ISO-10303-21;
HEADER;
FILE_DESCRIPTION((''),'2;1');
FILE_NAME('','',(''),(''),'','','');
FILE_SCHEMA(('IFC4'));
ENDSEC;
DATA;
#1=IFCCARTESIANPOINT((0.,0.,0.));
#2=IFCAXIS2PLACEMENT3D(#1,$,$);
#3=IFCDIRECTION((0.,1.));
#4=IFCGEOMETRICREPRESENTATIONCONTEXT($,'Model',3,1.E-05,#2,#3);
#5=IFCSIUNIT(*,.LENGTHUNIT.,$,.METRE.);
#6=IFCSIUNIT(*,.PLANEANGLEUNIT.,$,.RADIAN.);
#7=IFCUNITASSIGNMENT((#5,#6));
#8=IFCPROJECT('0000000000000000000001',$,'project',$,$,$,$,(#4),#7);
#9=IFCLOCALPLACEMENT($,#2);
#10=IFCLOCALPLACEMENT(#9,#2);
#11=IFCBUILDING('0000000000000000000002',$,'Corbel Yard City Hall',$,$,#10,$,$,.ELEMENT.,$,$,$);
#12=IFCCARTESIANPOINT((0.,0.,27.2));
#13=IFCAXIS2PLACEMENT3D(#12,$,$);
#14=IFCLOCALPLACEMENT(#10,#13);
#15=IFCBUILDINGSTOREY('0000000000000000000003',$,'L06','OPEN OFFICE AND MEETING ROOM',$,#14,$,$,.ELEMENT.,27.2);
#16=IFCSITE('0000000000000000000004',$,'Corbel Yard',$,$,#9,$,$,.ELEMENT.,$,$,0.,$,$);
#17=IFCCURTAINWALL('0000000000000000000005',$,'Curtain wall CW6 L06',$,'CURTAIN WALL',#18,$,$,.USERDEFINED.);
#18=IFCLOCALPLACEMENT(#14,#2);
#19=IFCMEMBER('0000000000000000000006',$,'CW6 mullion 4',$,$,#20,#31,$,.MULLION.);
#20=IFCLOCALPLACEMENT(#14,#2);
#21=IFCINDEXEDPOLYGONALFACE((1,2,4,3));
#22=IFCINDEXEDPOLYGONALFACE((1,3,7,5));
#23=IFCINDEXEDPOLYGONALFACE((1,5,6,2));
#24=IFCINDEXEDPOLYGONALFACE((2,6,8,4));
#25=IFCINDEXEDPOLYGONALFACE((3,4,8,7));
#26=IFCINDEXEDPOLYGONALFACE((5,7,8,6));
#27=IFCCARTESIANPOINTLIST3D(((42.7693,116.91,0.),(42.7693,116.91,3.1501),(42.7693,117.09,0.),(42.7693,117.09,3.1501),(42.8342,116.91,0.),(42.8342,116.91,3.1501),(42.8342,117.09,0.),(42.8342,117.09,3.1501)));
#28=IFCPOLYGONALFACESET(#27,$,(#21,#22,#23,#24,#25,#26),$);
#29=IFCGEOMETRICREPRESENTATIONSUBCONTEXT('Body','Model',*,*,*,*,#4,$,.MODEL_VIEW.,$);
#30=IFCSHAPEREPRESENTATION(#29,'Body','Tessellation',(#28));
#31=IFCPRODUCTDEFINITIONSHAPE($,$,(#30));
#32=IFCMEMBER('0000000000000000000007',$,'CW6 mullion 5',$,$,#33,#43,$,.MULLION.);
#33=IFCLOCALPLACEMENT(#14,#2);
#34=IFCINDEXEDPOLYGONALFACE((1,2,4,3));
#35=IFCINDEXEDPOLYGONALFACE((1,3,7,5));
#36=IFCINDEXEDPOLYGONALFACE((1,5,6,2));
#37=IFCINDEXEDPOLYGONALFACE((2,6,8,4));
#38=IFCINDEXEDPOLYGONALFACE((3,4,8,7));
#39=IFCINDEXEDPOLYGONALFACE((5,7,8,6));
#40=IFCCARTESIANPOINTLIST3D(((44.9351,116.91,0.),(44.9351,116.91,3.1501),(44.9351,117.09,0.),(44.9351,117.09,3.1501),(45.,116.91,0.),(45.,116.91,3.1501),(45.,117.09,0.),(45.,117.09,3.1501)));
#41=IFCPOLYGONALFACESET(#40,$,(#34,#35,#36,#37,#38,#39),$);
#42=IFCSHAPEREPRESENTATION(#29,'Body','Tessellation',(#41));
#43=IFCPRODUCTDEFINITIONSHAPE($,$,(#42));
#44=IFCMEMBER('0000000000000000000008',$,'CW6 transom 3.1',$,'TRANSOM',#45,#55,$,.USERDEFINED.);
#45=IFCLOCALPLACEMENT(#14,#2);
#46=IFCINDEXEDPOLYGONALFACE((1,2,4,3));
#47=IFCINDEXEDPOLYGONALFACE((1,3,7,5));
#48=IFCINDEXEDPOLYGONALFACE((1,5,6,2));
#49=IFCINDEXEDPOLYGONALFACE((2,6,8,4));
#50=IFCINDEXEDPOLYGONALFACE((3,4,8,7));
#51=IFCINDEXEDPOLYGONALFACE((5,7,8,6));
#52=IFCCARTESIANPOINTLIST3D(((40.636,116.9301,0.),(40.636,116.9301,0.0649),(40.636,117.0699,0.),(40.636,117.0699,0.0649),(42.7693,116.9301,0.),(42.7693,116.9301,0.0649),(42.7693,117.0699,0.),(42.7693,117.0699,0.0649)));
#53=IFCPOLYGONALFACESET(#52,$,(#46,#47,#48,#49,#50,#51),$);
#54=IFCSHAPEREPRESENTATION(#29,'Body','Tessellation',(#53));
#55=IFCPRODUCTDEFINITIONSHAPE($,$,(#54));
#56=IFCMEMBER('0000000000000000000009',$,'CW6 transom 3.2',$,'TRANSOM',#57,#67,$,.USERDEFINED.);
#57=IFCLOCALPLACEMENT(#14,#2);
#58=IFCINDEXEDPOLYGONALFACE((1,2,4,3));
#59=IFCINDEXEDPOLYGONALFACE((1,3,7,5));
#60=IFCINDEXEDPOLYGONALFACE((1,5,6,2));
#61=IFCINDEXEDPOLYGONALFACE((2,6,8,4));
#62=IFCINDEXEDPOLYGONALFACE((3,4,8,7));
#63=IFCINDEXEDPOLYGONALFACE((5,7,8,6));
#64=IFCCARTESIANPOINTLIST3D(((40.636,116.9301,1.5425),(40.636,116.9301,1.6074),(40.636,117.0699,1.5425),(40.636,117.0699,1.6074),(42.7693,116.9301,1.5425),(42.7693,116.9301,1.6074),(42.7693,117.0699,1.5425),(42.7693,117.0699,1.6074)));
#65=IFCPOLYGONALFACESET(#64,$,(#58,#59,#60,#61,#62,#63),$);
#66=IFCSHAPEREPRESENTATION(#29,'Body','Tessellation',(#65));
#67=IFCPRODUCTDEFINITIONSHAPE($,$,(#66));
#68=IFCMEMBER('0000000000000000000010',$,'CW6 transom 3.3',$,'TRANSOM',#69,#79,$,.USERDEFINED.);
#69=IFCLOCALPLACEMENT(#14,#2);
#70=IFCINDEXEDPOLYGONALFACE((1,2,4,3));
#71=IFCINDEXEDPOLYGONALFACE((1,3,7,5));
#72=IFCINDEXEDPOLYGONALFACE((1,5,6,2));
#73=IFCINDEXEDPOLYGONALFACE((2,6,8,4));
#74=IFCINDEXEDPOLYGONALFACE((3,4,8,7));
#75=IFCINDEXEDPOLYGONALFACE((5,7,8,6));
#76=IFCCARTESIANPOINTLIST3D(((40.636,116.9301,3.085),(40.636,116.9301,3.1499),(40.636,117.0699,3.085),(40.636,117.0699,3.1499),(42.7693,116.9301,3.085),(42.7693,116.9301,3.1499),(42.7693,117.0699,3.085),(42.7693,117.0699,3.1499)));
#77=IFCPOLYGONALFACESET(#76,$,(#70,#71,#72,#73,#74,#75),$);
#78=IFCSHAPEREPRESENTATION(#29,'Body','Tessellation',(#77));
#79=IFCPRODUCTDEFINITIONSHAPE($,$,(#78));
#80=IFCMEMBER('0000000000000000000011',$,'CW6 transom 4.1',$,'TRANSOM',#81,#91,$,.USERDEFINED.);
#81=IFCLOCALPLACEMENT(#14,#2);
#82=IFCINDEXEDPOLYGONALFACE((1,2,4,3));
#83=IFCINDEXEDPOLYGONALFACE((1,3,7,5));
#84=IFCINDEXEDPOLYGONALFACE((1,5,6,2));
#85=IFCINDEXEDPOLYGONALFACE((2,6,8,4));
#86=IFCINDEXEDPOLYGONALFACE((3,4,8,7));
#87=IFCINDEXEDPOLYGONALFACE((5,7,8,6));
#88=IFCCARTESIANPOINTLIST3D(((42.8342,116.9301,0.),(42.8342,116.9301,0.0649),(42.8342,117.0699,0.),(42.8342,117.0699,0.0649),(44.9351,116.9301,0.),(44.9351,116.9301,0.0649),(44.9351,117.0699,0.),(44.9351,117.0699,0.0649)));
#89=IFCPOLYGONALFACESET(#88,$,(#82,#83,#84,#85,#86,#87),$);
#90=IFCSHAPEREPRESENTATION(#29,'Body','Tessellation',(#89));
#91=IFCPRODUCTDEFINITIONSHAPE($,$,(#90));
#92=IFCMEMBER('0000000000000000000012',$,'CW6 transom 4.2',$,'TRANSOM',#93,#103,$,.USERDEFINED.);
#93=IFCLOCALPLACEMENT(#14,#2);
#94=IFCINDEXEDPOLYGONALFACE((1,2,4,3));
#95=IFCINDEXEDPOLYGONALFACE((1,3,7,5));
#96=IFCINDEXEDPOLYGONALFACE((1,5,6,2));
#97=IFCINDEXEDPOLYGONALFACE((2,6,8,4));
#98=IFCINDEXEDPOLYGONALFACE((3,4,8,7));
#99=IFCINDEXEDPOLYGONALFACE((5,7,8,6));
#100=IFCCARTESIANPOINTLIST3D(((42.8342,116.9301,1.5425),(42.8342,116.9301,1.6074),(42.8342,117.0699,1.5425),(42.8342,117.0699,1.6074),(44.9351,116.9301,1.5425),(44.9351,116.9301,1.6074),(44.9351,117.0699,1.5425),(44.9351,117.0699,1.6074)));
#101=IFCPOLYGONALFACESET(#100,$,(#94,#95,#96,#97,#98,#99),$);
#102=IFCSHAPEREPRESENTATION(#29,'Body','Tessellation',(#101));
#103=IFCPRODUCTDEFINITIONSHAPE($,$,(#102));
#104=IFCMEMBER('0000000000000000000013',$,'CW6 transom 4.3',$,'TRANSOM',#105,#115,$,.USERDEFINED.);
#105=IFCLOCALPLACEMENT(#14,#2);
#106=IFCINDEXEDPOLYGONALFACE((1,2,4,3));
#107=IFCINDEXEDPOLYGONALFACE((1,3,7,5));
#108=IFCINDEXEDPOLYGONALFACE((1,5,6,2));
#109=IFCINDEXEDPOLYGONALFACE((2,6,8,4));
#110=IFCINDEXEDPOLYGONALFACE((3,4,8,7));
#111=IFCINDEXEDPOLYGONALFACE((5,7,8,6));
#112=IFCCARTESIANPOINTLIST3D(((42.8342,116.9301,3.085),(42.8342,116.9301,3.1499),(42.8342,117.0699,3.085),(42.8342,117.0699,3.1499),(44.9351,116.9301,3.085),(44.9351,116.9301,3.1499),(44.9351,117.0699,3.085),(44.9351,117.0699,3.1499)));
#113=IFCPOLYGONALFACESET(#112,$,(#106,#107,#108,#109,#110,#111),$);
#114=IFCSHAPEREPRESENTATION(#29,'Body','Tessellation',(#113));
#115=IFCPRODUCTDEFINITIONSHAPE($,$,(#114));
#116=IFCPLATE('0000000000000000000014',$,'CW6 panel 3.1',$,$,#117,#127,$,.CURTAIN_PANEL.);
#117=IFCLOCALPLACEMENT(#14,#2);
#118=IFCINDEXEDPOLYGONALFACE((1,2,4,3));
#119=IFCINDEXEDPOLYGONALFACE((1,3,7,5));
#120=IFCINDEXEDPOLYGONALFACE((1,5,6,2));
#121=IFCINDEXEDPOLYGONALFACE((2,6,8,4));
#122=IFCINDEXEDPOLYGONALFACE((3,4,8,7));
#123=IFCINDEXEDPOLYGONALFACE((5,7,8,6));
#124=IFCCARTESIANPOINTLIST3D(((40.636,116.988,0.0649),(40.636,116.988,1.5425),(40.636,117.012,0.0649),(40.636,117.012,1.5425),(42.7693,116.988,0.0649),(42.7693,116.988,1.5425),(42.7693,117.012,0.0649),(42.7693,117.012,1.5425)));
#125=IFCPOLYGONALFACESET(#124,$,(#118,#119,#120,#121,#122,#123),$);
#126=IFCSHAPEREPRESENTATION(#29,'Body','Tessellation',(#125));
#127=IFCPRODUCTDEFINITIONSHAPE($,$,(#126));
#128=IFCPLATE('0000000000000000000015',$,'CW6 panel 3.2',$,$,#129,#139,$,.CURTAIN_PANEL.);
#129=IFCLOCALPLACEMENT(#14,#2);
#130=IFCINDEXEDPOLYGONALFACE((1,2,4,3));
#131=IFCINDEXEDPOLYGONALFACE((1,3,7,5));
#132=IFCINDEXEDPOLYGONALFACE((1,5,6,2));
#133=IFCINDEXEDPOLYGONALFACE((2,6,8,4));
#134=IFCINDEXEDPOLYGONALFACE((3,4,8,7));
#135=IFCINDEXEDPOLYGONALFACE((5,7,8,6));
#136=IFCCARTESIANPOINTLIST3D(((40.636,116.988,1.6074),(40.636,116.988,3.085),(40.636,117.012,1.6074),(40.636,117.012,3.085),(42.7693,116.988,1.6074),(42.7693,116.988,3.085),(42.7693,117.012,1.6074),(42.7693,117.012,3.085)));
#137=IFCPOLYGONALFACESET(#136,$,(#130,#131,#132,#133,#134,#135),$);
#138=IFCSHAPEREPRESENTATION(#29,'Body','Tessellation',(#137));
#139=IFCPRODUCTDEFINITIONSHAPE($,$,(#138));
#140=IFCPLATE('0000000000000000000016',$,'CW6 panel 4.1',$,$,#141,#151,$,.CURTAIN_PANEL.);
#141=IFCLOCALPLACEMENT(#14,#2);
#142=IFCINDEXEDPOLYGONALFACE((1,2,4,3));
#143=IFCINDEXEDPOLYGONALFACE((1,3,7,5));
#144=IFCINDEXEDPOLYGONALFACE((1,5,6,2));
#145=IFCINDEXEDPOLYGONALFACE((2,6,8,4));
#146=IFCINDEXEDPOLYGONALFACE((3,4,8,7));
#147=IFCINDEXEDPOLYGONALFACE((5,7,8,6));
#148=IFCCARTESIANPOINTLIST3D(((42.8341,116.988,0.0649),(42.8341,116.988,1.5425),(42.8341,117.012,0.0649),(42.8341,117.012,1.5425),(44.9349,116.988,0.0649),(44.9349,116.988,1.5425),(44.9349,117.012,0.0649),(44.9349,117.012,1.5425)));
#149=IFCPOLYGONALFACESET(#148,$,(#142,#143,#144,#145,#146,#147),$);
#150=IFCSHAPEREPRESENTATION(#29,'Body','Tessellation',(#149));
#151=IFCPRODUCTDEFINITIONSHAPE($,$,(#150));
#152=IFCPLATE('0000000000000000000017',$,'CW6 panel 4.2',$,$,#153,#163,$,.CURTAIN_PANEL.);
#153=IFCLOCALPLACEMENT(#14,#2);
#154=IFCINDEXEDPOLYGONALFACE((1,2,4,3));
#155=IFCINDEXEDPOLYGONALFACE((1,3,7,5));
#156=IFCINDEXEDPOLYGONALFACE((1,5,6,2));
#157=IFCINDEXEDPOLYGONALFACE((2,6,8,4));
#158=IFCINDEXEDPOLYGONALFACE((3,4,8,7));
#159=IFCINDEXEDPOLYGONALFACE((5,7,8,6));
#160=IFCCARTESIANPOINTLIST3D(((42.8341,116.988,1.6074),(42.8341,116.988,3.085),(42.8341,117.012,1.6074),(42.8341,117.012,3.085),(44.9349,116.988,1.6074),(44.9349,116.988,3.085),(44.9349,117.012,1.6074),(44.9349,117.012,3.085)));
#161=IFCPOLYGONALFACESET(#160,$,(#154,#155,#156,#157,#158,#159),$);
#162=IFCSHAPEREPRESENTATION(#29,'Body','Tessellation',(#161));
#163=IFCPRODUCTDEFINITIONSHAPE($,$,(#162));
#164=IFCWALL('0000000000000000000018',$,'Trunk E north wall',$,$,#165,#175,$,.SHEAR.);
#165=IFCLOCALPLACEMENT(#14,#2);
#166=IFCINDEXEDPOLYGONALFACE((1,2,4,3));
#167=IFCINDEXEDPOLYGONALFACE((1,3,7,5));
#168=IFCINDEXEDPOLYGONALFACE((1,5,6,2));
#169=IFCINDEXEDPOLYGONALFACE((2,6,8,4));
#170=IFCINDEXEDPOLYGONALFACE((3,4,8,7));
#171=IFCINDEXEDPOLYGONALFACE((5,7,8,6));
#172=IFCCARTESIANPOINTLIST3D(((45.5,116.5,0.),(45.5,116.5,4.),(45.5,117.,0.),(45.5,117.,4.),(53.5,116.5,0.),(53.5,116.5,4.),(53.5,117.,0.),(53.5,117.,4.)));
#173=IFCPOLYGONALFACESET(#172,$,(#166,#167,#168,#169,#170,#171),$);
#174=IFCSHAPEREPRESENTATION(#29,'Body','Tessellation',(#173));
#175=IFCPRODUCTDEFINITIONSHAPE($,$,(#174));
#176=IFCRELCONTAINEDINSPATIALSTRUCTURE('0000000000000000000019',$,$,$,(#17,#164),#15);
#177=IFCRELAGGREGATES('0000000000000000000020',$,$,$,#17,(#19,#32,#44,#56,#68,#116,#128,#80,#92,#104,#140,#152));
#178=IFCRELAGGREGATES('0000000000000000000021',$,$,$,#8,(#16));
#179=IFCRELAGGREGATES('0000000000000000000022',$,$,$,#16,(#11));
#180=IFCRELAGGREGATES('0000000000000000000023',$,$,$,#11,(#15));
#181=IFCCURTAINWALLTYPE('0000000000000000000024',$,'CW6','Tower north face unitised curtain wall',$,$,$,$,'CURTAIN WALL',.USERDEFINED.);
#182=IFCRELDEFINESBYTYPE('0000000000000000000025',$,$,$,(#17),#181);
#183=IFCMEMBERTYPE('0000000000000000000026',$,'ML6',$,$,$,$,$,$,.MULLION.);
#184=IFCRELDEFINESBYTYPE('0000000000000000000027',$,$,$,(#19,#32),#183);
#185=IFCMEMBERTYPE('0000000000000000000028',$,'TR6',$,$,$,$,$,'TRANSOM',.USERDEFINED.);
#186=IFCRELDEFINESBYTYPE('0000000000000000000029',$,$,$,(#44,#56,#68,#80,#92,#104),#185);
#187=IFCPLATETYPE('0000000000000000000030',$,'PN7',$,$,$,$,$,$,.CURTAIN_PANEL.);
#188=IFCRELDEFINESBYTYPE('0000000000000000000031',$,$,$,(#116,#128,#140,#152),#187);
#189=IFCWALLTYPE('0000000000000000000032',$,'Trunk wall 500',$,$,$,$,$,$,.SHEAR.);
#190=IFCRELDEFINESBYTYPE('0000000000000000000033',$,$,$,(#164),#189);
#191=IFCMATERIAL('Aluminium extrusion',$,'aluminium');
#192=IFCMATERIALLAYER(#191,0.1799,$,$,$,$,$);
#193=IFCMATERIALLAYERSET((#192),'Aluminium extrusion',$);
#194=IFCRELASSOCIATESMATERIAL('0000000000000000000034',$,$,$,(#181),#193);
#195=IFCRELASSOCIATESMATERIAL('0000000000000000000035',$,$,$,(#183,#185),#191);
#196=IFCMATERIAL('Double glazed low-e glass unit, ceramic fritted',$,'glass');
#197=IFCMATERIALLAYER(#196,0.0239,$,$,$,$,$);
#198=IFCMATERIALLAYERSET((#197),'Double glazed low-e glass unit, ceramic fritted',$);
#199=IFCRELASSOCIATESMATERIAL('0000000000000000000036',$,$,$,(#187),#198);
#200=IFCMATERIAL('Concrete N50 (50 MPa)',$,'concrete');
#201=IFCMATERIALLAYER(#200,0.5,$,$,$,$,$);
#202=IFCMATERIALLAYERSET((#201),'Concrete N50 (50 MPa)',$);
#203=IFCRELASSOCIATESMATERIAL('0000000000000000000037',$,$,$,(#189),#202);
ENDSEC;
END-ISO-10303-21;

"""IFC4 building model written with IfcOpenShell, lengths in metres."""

from ifc_helpers import new_model, si_unit, direction, frame, frame_2d, origin, origin_2d, place, context, subcontext, project, spatial, rectangle, extrude, material, layer, layer_set, material_profile, profile_set, type_object, element, aggregate, save


model = new_model("IFC4")

# Units and contexts
model_context = context("Model", 3, precision=1e-05, world=origin(), true_north=direction((0.0, 1.0)))
body_context = subcontext(model_context, "Body", "Model", "MODEL_VIEW")
ifc_project = project(units=[si_unit("LENGTHUNIT", "METRE"), si_unit("PLANEANGLEUNIT", "RADIAN")], contexts=[model_context])

# Site, building, storey
site_placement = place(None, origin())
site = spatial("IfcSite", under=ifc_project, at=site_placement, Name="Corbel Yard", CompositionType="ELEMENT", RefElevation=0.0)
building_placement = place(site_placement, origin())
building = spatial("IfcBuilding", under=site, at=building_placement, Name="Corbel Yard City Hall", CompositionType="ELEMENT")
storey_placement = place(building_placement, frame((0.0, 0.0, 27.2)))
storey = spatial("IfcBuildingStorey", under=building, at=storey_placement, Name="L06", Description="OPEN OFFICE AND MEETING ROOM", CompositionType="ELEMENT", Elevation=27.2)

# Curtain wall, members, plates
ifc_material_1 = material(Name="Aluminium extrusion", Category="aluminium")
ifc_layer_1 = layer(ifc_material_1, 0.1799)
ifc_layer_set_1 = layer_set([ifc_layer_1], Name="Aluminium extrusion")
curtain_wall_type = type_object("IfcCurtainWallType", Name="CW6", Description="Tower north face unitised curtain wall", ElementType="CURTAIN WALL", PredefinedType="USERDEFINED", material=ifc_layer_set_1)
curtain_wall_placement = place(storey_placement, origin())
curtain_wall = element("IfcCurtainWall", 1, at=curtain_wall_placement, inside=storey, type_object=curtain_wall_type, Name="Curtain wall CW6 L06", ObjectType="CURTAIN WALL", PredefinedType="USERDEFINED")
ifc_material_profile_1 = material_profile(ifc_material_1, rectangle(XDim=0.1799, YDim=0.0649, at=origin_2d()), Name="180x65")
ifc_profile_set_1 = profile_set([ifc_material_profile_1], Name="Aluminium extrusion")
member_type_1 = type_object("IfcMemberType", Name="ML6", PredefinedType="MULLION", material=ifc_profile_set_1)
member_1_placement = place(storey_placement, frame((42.8018, 117.0, 0.0), z_axis=(0.0, 0.0, 1.0), x_axis=(0.0, 1.0, 0.0)))
member_1 = element("IfcMember", 2, at=member_1_placement, type_object=member_type_1, Name="CW6 mullion 4", PredefinedType="MULLION", context=body_context, shape_type="SweptSolid", body=[
    extrude(rectangle(XDim=0.1799, YDim=0.0649, at=origin_2d()), origin(), (0.0, 0.0, 1.0), 3.1501),
])
member_2_placement = place(storey_placement, frame((44.9675, 117.0, 0.0), z_axis=(0.0, 0.0, 1.0), x_axis=(0.0, 1.0, 0.0)))
member_2 = element("IfcMember", 3, at=member_2_placement, type_object=member_type_1, Name="CW6 mullion 5", PredefinedType="MULLION", context=body_context, shape_type="SweptSolid", body=[
    extrude(rectangle(XDim=0.1799, YDim=0.0649, at=origin_2d()), origin(), (0.0, 0.0, 1.0), 3.1501),
])
ifc_material_profile_2 = material_profile(ifc_material_1, rectangle(XDim=0.1399, YDim=0.0649, at=origin_2d()), Name="140x65")
ifc_profile_set_2 = profile_set([ifc_material_profile_2], Name="Aluminium extrusion")
member_type_2 = type_object("IfcMemberType", Name="TR6", ElementType="TRANSOM", PredefinedType="USERDEFINED", material=ifc_profile_set_2)
member_3_placement = place(storey_placement, frame((40.636, 117.0, 0.0325), z_axis=(1.0, 0.0, 0.0), x_axis=(0.0, 1.0, 0.0)))
member_3 = element("IfcMember", 4, at=member_3_placement, type_object=member_type_2, Name="CW6 transom 3.1", ObjectType="TRANSOM", PredefinedType="USERDEFINED", context=body_context, shape_type="SweptSolid", body=[
    extrude(rectangle(XDim=0.1399, YDim=0.0649, at=origin_2d()), origin(), (0.0, 0.0, 1.0), 2.1333),
])
member_4_placement = place(storey_placement, frame((40.636, 117.0, 1.575), z_axis=(1.0, 0.0, 0.0), x_axis=(0.0, 1.0, 0.0)))
member_4 = element("IfcMember", 5, at=member_4_placement, type_object=member_type_2, Name="CW6 transom 3.2", ObjectType="TRANSOM", PredefinedType="USERDEFINED", context=body_context, shape_type="SweptSolid", body=[
    extrude(rectangle(XDim=0.1399, YDim=0.0649, at=origin_2d()), origin(), (0.0, 0.0, 1.0), 2.1333),
])
member_5_placement = place(storey_placement, frame((40.636, 117.0, 3.1174), z_axis=(1.0, 0.0, 0.0), x_axis=(0.0, 1.0, 0.0)))
member_5 = element("IfcMember", 6, at=member_5_placement, type_object=member_type_2, Name="CW6 transom 3.3", ObjectType="TRANSOM", PredefinedType="USERDEFINED", context=body_context, shape_type="SweptSolid", body=[
    extrude(rectangle(XDim=0.1399, YDim=0.0649, at=origin_2d()), origin(), (0.0, 0.0, 1.0), 2.1333),
])
member_6_placement = place(storey_placement, frame((42.8342, 117.0, 0.0325), z_axis=(1.0, 0.0, 0.0), x_axis=(0.0, 1.0, 0.0)))
member_6 = element("IfcMember", 7, at=member_6_placement, type_object=member_type_2, Name="CW6 transom 4.1", ObjectType="TRANSOM", PredefinedType="USERDEFINED", context=body_context, shape_type="SweptSolid", body=[
    extrude(rectangle(XDim=0.1399, YDim=0.0649, at=origin_2d()), origin(), (0.0, 0.0, 1.0), 2.1008),
])
member_7_placement = place(storey_placement, frame((42.8342, 117.0, 1.575), z_axis=(1.0, 0.0, 0.0), x_axis=(0.0, 1.0, 0.0)))
member_7 = element("IfcMember", 8, at=member_7_placement, type_object=member_type_2, Name="CW6 transom 4.2", ObjectType="TRANSOM", PredefinedType="USERDEFINED", context=body_context, shape_type="SweptSolid", body=[
    extrude(rectangle(XDim=0.1399, YDim=0.0649, at=origin_2d()), origin(), (0.0, 0.0, 1.0), 2.1008),
])
member_8_placement = place(storey_placement, frame((42.8342, 117.0, 3.1174), z_axis=(1.0, 0.0, 0.0), x_axis=(0.0, 1.0, 0.0)))
member_8 = element("IfcMember", 9, at=member_8_placement, type_object=member_type_2, Name="CW6 transom 4.3", ObjectType="TRANSOM", PredefinedType="USERDEFINED", context=body_context, shape_type="SweptSolid", body=[
    extrude(rectangle(XDim=0.1399, YDim=0.0649, at=origin_2d()), origin(), (0.0, 0.0, 1.0), 2.1008),
])
ifc_material_2 = material(Name="Double glazed low-e glass unit, ceramic fritted", Category="glass")
ifc_layer_2 = layer(ifc_material_2, 0.0239)
ifc_layer_set_2 = layer_set([ifc_layer_2], Name="Double glazed low-e glass unit, ceramic fritted")
plate_type = type_object("IfcPlateType", Name="PN7", PredefinedType="CURTAIN_PANEL", material=ifc_layer_set_2)
plate_1_placement = place(storey_placement, frame((41.7026, 117.0, 0.0649), z_axis=(0.0, 0.0, 1.0), x_axis=(1.0, 0.0, 0.0)))
plate_1 = element("IfcPlate", 10, at=plate_1_placement, type_object=plate_type, Name="CW6 panel 3.1", PredefinedType="CURTAIN_PANEL", context=body_context, shape_type="SweptSolid", body=[
    extrude(rectangle(XDim=2.1333, YDim=0.0239, at=origin_2d()), origin(), (0.0, 0.0, 1.0), 1.4775),
])
plate_2_placement = place(storey_placement, frame((41.7026, 117.0, 1.6074), z_axis=(0.0, 0.0, 1.0), x_axis=(1.0, 0.0, 0.0)))
plate_2 = element("IfcPlate", 11, at=plate_2_placement, type_object=plate_type, Name="CW6 panel 3.2", PredefinedType="CURTAIN_PANEL", context=body_context, shape_type="SweptSolid", body=[
    extrude(rectangle(XDim=2.1333, YDim=0.0239, at=origin_2d()), origin(), (0.0, 0.0, 1.0), 1.4775),
])
plate_3_placement = place(storey_placement, frame((43.8845, 117.0, 0.0649), z_axis=(0.0, 0.0, 1.0), x_axis=(1.0, 0.0, 0.0)))
plate_3 = element("IfcPlate", 12, at=plate_3_placement, type_object=plate_type, Name="CW6 panel 4.1", PredefinedType="CURTAIN_PANEL", context=body_context, shape_type="SweptSolid", body=[
    extrude(rectangle(XDim=2.1008, YDim=0.0239, at=origin_2d()), origin(), (0.0, 0.0, 1.0), 1.4775),
])
plate_4_placement = place(storey_placement, frame((43.8845, 117.0, 1.6074), z_axis=(0.0, 0.0, 1.0), x_axis=(1.0, 0.0, 0.0)))
plate_4 = element("IfcPlate", 13, at=plate_4_placement, type_object=plate_type, Name="CW6 panel 4.2", PredefinedType="CURTAIN_PANEL", context=body_context, shape_type="SweptSolid", body=[
    extrude(rectangle(XDim=2.1008, YDim=0.0239, at=origin_2d()), origin(), (0.0, 0.0, 1.0), 1.4775),
])
aggregate(curtain_wall, [member_1, member_2, member_3, member_4, member_5, plate_1, plate_2, member_6, member_7, member_8, plate_3, plate_4])

# Wall
ifc_material_3 = material(Name="Concrete N50 (50 MPa)", Category="concrete")
ifc_layer_3 = layer(ifc_material_3, 0.5)
ifc_layer_set_3 = layer_set([ifc_layer_3], Name="Concrete N50 (50 MPa)")
wall_type = type_object("IfcWallType", Name="Trunk wall 500", PredefinedType="SHEAR", material=ifc_layer_set_3)
wall_placement = place(storey_placement, frame((45.5, 116.75, 0.0), z_axis=(0.0, 0.0, 1.0), x_axis=(1.0, 0.0, 0.0)))
element("IfcWall", 14, at=wall_placement, inside=storey, type_object=wall_type, Name="Trunk E north wall", PredefinedType="SHEAR", context=body_context, shape_type="SweptSolid", body=[
    extrude(rectangle(XDim=8.0, YDim=0.5, at=frame_2d((4.0, 0.0))), origin(), (0.0, 0.0, 1.0), 4.0),
])

save(model, "model.ifc")
